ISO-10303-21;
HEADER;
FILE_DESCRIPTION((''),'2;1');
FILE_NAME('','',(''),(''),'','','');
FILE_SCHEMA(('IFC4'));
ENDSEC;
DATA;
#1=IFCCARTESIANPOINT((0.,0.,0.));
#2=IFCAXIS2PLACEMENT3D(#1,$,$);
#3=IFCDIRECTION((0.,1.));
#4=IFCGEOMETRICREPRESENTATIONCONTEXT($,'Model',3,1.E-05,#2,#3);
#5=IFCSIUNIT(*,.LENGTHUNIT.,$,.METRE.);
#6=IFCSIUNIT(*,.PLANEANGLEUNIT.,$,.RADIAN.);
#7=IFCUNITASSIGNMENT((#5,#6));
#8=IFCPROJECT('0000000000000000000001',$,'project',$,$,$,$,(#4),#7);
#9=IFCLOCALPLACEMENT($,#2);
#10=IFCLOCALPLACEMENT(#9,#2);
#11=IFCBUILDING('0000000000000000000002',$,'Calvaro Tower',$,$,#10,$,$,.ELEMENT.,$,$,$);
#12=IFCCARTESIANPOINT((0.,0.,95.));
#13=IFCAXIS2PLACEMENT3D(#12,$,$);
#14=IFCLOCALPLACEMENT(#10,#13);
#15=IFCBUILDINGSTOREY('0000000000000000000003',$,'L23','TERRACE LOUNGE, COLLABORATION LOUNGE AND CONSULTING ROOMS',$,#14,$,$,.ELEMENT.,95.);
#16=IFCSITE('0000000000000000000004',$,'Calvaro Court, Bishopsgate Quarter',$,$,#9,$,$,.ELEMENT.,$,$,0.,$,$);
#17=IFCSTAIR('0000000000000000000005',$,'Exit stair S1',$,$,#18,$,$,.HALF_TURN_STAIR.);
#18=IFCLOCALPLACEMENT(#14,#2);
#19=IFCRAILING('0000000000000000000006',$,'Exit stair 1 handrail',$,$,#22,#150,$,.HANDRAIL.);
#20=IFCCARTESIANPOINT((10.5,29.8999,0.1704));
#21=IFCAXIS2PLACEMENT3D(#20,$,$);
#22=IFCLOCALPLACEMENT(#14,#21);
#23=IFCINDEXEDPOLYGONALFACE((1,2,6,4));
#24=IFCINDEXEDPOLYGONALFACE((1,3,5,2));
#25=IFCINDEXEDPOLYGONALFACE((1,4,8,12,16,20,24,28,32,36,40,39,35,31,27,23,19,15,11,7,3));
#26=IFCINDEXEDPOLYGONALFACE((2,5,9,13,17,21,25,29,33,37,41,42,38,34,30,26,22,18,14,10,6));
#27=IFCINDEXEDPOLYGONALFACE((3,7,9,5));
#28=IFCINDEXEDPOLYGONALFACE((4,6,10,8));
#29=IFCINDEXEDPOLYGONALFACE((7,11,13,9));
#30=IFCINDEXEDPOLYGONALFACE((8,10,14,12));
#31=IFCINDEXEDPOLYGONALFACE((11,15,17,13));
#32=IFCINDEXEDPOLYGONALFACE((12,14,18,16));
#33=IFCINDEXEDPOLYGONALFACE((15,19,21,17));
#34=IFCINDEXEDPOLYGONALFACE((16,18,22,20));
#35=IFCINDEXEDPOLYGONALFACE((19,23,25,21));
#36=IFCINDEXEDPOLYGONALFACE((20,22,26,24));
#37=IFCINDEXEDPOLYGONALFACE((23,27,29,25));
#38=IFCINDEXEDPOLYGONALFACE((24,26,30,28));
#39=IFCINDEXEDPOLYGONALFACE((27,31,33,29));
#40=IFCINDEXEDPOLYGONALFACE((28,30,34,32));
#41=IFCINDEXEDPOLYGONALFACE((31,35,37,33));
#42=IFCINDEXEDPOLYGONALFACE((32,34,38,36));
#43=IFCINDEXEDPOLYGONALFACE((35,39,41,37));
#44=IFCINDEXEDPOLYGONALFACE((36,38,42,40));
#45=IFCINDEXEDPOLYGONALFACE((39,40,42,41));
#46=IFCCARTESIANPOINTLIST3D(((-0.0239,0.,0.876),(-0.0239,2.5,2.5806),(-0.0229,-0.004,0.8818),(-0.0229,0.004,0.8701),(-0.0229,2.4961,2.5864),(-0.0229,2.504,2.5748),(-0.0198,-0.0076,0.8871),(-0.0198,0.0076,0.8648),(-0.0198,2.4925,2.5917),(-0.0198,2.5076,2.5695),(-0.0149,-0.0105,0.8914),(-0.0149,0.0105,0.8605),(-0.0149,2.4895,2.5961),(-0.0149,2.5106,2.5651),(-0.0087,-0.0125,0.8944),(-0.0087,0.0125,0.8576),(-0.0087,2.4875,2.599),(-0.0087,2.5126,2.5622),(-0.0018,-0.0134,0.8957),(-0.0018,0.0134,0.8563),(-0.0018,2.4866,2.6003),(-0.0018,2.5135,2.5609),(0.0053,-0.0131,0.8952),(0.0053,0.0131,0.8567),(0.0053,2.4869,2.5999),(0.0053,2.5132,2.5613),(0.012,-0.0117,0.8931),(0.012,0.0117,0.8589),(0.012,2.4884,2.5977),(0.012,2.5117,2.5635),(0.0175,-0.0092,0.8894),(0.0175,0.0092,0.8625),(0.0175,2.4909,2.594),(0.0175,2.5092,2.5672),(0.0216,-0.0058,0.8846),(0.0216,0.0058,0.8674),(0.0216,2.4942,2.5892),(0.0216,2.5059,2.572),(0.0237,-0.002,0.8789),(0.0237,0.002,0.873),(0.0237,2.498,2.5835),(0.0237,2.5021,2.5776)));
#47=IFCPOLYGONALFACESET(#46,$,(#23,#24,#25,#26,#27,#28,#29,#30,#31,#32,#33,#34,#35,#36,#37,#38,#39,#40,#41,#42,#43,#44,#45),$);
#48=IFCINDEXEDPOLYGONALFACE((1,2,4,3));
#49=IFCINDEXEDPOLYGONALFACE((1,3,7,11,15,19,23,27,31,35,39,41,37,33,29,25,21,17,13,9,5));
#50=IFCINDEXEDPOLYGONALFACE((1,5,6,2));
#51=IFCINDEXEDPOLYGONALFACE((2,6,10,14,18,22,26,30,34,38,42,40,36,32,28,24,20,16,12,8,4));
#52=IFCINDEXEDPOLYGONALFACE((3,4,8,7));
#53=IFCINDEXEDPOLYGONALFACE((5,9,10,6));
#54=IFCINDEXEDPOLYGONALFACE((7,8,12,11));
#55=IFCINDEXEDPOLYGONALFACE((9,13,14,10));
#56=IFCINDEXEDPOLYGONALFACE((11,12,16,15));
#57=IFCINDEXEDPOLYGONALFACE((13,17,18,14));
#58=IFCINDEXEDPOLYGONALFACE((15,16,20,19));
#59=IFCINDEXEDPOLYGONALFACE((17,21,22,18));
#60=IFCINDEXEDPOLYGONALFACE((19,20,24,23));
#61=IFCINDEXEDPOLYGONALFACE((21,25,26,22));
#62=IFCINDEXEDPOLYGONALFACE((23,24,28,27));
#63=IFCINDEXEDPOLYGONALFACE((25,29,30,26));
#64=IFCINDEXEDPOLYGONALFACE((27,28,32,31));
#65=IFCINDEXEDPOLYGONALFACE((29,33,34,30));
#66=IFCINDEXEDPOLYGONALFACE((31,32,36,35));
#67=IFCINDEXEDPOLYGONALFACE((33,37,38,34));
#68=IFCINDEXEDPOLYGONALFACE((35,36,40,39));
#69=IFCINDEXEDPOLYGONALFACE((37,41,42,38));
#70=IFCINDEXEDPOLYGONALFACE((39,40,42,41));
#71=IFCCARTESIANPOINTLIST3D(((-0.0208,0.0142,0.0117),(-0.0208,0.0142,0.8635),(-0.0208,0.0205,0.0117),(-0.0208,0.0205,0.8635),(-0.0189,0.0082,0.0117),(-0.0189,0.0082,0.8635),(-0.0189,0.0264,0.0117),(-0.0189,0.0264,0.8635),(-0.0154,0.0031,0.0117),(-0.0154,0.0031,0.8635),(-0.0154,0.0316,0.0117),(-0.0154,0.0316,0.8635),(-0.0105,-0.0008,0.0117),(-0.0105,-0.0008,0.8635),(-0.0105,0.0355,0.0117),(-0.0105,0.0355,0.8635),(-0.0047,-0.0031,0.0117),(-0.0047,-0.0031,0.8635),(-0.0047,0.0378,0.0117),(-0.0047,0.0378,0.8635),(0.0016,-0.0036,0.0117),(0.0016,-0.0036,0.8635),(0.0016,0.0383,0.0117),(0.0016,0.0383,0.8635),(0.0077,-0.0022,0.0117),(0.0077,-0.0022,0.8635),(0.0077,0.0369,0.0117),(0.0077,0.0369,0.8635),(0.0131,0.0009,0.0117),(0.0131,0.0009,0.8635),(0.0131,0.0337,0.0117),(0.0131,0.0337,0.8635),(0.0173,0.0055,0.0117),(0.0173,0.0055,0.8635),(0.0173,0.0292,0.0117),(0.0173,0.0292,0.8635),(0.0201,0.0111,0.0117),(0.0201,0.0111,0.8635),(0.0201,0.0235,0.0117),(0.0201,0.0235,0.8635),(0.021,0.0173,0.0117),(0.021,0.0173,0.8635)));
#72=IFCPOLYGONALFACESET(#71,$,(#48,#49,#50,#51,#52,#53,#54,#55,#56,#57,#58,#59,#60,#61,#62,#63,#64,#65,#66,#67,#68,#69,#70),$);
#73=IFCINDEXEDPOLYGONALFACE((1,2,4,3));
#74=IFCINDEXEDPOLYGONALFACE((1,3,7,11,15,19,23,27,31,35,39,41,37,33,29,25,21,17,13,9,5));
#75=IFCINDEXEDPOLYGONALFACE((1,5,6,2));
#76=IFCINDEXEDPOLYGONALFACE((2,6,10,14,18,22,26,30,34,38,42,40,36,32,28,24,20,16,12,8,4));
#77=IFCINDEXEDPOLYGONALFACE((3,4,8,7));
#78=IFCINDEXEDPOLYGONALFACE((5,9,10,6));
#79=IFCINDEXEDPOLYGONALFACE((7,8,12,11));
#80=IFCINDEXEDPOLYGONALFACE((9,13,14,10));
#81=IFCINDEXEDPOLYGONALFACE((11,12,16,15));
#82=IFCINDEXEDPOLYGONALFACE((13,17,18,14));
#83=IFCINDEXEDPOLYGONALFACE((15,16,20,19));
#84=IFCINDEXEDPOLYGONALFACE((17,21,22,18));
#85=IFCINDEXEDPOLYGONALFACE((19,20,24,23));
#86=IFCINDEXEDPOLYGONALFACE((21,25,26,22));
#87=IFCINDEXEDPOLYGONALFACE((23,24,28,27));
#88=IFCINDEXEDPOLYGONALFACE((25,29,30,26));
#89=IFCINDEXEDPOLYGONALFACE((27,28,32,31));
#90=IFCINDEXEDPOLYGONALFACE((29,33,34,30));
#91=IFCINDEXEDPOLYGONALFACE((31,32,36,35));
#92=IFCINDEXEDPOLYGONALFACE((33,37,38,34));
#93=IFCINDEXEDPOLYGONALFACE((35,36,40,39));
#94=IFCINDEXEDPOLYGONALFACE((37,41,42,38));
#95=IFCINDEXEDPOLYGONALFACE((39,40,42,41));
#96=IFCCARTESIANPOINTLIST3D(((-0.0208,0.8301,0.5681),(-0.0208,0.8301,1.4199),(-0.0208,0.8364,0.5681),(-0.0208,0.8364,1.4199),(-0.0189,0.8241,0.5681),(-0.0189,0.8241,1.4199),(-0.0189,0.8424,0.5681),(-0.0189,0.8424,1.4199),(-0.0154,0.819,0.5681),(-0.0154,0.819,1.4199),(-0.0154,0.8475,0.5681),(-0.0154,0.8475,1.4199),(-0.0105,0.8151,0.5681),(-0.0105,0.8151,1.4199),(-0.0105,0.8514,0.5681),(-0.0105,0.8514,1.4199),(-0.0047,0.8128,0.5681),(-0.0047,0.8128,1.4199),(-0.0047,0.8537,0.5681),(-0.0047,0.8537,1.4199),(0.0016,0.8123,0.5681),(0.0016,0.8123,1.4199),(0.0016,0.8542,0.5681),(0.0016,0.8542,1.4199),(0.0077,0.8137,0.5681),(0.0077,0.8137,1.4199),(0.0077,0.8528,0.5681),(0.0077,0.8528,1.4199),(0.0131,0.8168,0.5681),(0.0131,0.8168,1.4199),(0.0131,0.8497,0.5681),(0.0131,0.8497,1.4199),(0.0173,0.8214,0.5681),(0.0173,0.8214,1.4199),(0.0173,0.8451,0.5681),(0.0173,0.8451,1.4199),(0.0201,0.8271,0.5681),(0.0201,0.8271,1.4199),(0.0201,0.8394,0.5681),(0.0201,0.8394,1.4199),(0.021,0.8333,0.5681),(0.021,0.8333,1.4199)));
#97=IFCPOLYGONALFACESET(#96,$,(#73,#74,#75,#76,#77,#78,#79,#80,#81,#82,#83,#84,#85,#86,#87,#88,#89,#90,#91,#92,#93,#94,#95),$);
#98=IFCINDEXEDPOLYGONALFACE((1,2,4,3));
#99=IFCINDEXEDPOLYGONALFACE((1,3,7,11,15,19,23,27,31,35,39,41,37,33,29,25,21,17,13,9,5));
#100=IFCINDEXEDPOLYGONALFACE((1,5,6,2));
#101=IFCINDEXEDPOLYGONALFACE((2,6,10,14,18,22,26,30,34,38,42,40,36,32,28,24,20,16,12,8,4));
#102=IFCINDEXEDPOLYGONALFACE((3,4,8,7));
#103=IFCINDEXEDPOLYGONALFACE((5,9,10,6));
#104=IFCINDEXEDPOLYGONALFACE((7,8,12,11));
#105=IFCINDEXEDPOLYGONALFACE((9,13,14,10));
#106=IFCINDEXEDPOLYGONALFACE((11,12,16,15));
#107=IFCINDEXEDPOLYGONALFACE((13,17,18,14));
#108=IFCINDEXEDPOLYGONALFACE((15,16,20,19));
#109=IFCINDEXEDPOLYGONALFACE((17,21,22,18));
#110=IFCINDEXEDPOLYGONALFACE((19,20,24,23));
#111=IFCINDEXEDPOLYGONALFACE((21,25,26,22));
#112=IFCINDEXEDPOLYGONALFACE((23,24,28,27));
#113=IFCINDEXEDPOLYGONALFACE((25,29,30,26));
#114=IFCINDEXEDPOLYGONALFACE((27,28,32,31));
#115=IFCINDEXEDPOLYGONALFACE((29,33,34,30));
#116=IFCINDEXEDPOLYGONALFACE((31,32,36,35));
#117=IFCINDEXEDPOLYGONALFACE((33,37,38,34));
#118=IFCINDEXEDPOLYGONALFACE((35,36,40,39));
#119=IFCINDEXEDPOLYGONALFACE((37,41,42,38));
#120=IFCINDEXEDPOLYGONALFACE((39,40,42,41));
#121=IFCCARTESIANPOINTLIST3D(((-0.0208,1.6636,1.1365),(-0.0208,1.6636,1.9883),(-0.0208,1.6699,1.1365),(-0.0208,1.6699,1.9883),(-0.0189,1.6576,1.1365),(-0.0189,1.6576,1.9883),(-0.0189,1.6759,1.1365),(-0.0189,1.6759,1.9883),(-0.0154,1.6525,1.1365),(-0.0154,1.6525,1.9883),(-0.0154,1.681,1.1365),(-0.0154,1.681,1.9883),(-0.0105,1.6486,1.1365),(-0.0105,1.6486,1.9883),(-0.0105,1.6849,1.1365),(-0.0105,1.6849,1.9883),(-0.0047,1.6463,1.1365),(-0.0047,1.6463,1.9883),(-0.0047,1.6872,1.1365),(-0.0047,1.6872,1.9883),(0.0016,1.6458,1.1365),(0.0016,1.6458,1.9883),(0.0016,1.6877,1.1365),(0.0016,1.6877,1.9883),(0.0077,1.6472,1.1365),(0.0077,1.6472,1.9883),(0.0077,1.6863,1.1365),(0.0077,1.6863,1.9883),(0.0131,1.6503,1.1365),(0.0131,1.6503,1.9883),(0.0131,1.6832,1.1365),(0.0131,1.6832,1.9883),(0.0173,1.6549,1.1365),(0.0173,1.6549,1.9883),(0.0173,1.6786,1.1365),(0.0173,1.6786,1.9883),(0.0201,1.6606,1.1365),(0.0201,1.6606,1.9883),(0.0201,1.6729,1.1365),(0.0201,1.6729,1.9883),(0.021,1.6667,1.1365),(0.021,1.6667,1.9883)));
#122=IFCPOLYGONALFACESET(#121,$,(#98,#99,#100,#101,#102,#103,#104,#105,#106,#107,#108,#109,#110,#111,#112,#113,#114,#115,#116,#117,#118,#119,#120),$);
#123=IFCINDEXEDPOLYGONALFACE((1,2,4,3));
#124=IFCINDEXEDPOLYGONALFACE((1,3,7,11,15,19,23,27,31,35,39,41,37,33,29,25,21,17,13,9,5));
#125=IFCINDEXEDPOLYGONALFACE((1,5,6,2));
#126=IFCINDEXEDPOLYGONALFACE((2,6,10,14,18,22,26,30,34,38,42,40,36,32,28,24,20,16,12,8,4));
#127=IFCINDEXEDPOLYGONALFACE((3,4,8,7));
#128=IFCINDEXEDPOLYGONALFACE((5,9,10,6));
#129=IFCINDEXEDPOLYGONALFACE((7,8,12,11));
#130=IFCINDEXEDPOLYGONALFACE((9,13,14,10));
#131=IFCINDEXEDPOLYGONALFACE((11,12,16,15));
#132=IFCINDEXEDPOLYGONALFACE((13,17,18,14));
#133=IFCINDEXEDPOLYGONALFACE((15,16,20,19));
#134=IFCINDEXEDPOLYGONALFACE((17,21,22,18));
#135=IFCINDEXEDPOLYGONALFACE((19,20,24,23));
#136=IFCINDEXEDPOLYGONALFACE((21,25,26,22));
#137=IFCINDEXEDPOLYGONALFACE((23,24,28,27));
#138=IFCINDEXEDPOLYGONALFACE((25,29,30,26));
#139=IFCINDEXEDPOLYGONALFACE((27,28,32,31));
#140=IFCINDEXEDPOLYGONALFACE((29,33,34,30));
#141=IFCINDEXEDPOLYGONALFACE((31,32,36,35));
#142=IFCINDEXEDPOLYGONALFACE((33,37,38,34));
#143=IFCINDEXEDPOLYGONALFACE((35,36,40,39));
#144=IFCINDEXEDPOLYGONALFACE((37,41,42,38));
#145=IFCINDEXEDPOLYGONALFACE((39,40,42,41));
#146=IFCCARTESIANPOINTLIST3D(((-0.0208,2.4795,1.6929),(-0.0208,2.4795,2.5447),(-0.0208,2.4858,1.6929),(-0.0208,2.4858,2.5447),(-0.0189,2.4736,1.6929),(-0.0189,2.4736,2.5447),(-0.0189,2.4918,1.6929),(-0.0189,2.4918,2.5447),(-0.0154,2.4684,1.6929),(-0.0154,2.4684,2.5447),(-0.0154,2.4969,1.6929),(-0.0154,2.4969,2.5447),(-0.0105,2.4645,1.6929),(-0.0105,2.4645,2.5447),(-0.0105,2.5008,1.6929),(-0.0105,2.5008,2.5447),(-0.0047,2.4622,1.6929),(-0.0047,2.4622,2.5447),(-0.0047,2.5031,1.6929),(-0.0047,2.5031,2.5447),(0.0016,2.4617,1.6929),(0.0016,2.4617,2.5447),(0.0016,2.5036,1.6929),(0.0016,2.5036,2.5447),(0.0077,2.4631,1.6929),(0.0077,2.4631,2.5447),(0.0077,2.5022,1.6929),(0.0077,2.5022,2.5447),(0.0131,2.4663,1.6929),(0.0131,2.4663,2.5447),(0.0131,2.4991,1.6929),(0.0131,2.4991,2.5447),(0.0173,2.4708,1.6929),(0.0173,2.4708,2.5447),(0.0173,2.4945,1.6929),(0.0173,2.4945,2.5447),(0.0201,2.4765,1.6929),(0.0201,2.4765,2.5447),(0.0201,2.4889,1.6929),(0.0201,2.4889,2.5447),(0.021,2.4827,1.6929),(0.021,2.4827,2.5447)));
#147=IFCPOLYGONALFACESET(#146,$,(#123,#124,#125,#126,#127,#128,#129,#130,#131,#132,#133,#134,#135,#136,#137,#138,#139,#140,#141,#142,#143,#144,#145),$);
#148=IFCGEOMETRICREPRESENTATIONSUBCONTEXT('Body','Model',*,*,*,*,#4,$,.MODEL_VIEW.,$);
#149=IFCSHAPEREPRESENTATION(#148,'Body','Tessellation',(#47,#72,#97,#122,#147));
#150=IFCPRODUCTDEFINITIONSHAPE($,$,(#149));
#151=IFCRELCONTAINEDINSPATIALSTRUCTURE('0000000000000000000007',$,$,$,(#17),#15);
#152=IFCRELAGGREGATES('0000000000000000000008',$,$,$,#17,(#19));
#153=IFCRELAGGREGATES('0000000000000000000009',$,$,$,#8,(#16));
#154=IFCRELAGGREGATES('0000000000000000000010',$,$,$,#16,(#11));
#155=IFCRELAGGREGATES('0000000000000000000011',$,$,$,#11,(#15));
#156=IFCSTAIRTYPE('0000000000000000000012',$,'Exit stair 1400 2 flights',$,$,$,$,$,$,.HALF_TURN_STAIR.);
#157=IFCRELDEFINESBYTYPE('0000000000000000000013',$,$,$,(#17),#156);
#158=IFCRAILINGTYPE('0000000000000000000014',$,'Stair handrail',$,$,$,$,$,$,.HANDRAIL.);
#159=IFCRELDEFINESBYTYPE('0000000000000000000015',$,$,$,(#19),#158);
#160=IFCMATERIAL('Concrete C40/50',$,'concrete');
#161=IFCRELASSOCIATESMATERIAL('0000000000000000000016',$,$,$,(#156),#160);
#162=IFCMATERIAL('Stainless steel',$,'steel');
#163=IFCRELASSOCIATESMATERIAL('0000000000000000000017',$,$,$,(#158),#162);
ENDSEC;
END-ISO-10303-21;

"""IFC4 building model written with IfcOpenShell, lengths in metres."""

from ifc_helpers import new_model, si_unit, direction, frame, origin, origin_2d, place, context, subcontext, project, spatial, circle, extrude, material, type_object, element, aggregate, save


model = new_model("IFC4")

# Units and contexts
model_context = context("Model", 3, precision=1e-05, world=origin(), true_north=direction((0.0, 1.0)))
body_context = subcontext(model_context, "Body", "Model", "MODEL_VIEW")
ifc_project = project(units=[si_unit("LENGTHUNIT", "METRE"), si_unit("PLANEANGLEUNIT", "RADIAN")], contexts=[model_context])

# Site, building, storey
site_placement = place(None, origin())
site = spatial("IfcSite", under=ifc_project, at=site_placement, Name="Calvaro Court, Bishopsgate Quarter", CompositionType="ELEMENT", RefElevation=0.0)
building_placement = place(site_placement, origin())
building = spatial("IfcBuilding", under=site, at=building_placement, Name="Calvaro Tower", CompositionType="ELEMENT")
storey_placement = place(building_placement, frame((0.0, 0.0, 95.0)))
storey = spatial("IfcBuildingStorey", under=building, at=storey_placement, Name="L23", Description="TERRACE LOUNGE, COLLABORATION LOUNGE AND CONSULTING ROOMS", CompositionType="ELEMENT", Elevation=95.0)

# Stair, railing
ifc_material_1 = material(Name="Concrete C40/50", Category="concrete")
stair_type = type_object("IfcStairType", Name="Exit stair 1400 2 flights", PredefinedType="HALF_TURN_STAIR", material=ifc_material_1)
stair_placement = place(storey_placement, origin())
stair = element("IfcStair", 1, at=stair_placement, inside=storey, type_object=stair_type, Name="Exit stair S1", PredefinedType="HALF_TURN_STAIR")
ifc_material_2 = material(Name="Stainless steel", Category="steel")
railing_type = type_object("IfcRailingType", Name="Stair handrail", PredefinedType="HANDRAIL", material=ifc_material_2)
railing_1_placement = place(storey_placement, frame((10.5, 29.8999, 0.1704)))
railing_1 = element("IfcRailing", 2, at=railing_1_placement, type_object=railing_type, Name="Exit stair 1 handrail", PredefinedType="HANDRAIL", context=body_context, shape_type="SweptSolid", body=[
    extrude(circle(Radius=0.0239, at=origin_2d()), frame((0.0, 0.0, 0.876), z_axis=(0.0, 0.826221, 0.563347), x_axis=(-1.0, 0.0, 0.0)), (0.0, 0.0, 1.0), 3.0259),
    extrude(circle(Radius=0.021, at=origin_2d()), frame((0.0, 0.0173, 0.0117)), (0.0, 0.0, 1.0), 0.8518),
    extrude(circle(Radius=0.021, at=origin_2d()), frame((0.0, 0.8333, 0.5681)), (0.0, 0.0, 1.0), 0.8518),
    extrude(circle(Radius=0.021, at=origin_2d()), frame((0.0, 1.6667, 1.1365)), (0.0, 0.0, 1.0), 0.8518),
    extrude(circle(Radius=0.021, at=origin_2d()), frame((0.0, 2.4827, 1.6929)), (0.0, 0.0, 1.0), 0.8518),
])
aggregate(stair, [railing_1])

save(model, "model.ifc")
